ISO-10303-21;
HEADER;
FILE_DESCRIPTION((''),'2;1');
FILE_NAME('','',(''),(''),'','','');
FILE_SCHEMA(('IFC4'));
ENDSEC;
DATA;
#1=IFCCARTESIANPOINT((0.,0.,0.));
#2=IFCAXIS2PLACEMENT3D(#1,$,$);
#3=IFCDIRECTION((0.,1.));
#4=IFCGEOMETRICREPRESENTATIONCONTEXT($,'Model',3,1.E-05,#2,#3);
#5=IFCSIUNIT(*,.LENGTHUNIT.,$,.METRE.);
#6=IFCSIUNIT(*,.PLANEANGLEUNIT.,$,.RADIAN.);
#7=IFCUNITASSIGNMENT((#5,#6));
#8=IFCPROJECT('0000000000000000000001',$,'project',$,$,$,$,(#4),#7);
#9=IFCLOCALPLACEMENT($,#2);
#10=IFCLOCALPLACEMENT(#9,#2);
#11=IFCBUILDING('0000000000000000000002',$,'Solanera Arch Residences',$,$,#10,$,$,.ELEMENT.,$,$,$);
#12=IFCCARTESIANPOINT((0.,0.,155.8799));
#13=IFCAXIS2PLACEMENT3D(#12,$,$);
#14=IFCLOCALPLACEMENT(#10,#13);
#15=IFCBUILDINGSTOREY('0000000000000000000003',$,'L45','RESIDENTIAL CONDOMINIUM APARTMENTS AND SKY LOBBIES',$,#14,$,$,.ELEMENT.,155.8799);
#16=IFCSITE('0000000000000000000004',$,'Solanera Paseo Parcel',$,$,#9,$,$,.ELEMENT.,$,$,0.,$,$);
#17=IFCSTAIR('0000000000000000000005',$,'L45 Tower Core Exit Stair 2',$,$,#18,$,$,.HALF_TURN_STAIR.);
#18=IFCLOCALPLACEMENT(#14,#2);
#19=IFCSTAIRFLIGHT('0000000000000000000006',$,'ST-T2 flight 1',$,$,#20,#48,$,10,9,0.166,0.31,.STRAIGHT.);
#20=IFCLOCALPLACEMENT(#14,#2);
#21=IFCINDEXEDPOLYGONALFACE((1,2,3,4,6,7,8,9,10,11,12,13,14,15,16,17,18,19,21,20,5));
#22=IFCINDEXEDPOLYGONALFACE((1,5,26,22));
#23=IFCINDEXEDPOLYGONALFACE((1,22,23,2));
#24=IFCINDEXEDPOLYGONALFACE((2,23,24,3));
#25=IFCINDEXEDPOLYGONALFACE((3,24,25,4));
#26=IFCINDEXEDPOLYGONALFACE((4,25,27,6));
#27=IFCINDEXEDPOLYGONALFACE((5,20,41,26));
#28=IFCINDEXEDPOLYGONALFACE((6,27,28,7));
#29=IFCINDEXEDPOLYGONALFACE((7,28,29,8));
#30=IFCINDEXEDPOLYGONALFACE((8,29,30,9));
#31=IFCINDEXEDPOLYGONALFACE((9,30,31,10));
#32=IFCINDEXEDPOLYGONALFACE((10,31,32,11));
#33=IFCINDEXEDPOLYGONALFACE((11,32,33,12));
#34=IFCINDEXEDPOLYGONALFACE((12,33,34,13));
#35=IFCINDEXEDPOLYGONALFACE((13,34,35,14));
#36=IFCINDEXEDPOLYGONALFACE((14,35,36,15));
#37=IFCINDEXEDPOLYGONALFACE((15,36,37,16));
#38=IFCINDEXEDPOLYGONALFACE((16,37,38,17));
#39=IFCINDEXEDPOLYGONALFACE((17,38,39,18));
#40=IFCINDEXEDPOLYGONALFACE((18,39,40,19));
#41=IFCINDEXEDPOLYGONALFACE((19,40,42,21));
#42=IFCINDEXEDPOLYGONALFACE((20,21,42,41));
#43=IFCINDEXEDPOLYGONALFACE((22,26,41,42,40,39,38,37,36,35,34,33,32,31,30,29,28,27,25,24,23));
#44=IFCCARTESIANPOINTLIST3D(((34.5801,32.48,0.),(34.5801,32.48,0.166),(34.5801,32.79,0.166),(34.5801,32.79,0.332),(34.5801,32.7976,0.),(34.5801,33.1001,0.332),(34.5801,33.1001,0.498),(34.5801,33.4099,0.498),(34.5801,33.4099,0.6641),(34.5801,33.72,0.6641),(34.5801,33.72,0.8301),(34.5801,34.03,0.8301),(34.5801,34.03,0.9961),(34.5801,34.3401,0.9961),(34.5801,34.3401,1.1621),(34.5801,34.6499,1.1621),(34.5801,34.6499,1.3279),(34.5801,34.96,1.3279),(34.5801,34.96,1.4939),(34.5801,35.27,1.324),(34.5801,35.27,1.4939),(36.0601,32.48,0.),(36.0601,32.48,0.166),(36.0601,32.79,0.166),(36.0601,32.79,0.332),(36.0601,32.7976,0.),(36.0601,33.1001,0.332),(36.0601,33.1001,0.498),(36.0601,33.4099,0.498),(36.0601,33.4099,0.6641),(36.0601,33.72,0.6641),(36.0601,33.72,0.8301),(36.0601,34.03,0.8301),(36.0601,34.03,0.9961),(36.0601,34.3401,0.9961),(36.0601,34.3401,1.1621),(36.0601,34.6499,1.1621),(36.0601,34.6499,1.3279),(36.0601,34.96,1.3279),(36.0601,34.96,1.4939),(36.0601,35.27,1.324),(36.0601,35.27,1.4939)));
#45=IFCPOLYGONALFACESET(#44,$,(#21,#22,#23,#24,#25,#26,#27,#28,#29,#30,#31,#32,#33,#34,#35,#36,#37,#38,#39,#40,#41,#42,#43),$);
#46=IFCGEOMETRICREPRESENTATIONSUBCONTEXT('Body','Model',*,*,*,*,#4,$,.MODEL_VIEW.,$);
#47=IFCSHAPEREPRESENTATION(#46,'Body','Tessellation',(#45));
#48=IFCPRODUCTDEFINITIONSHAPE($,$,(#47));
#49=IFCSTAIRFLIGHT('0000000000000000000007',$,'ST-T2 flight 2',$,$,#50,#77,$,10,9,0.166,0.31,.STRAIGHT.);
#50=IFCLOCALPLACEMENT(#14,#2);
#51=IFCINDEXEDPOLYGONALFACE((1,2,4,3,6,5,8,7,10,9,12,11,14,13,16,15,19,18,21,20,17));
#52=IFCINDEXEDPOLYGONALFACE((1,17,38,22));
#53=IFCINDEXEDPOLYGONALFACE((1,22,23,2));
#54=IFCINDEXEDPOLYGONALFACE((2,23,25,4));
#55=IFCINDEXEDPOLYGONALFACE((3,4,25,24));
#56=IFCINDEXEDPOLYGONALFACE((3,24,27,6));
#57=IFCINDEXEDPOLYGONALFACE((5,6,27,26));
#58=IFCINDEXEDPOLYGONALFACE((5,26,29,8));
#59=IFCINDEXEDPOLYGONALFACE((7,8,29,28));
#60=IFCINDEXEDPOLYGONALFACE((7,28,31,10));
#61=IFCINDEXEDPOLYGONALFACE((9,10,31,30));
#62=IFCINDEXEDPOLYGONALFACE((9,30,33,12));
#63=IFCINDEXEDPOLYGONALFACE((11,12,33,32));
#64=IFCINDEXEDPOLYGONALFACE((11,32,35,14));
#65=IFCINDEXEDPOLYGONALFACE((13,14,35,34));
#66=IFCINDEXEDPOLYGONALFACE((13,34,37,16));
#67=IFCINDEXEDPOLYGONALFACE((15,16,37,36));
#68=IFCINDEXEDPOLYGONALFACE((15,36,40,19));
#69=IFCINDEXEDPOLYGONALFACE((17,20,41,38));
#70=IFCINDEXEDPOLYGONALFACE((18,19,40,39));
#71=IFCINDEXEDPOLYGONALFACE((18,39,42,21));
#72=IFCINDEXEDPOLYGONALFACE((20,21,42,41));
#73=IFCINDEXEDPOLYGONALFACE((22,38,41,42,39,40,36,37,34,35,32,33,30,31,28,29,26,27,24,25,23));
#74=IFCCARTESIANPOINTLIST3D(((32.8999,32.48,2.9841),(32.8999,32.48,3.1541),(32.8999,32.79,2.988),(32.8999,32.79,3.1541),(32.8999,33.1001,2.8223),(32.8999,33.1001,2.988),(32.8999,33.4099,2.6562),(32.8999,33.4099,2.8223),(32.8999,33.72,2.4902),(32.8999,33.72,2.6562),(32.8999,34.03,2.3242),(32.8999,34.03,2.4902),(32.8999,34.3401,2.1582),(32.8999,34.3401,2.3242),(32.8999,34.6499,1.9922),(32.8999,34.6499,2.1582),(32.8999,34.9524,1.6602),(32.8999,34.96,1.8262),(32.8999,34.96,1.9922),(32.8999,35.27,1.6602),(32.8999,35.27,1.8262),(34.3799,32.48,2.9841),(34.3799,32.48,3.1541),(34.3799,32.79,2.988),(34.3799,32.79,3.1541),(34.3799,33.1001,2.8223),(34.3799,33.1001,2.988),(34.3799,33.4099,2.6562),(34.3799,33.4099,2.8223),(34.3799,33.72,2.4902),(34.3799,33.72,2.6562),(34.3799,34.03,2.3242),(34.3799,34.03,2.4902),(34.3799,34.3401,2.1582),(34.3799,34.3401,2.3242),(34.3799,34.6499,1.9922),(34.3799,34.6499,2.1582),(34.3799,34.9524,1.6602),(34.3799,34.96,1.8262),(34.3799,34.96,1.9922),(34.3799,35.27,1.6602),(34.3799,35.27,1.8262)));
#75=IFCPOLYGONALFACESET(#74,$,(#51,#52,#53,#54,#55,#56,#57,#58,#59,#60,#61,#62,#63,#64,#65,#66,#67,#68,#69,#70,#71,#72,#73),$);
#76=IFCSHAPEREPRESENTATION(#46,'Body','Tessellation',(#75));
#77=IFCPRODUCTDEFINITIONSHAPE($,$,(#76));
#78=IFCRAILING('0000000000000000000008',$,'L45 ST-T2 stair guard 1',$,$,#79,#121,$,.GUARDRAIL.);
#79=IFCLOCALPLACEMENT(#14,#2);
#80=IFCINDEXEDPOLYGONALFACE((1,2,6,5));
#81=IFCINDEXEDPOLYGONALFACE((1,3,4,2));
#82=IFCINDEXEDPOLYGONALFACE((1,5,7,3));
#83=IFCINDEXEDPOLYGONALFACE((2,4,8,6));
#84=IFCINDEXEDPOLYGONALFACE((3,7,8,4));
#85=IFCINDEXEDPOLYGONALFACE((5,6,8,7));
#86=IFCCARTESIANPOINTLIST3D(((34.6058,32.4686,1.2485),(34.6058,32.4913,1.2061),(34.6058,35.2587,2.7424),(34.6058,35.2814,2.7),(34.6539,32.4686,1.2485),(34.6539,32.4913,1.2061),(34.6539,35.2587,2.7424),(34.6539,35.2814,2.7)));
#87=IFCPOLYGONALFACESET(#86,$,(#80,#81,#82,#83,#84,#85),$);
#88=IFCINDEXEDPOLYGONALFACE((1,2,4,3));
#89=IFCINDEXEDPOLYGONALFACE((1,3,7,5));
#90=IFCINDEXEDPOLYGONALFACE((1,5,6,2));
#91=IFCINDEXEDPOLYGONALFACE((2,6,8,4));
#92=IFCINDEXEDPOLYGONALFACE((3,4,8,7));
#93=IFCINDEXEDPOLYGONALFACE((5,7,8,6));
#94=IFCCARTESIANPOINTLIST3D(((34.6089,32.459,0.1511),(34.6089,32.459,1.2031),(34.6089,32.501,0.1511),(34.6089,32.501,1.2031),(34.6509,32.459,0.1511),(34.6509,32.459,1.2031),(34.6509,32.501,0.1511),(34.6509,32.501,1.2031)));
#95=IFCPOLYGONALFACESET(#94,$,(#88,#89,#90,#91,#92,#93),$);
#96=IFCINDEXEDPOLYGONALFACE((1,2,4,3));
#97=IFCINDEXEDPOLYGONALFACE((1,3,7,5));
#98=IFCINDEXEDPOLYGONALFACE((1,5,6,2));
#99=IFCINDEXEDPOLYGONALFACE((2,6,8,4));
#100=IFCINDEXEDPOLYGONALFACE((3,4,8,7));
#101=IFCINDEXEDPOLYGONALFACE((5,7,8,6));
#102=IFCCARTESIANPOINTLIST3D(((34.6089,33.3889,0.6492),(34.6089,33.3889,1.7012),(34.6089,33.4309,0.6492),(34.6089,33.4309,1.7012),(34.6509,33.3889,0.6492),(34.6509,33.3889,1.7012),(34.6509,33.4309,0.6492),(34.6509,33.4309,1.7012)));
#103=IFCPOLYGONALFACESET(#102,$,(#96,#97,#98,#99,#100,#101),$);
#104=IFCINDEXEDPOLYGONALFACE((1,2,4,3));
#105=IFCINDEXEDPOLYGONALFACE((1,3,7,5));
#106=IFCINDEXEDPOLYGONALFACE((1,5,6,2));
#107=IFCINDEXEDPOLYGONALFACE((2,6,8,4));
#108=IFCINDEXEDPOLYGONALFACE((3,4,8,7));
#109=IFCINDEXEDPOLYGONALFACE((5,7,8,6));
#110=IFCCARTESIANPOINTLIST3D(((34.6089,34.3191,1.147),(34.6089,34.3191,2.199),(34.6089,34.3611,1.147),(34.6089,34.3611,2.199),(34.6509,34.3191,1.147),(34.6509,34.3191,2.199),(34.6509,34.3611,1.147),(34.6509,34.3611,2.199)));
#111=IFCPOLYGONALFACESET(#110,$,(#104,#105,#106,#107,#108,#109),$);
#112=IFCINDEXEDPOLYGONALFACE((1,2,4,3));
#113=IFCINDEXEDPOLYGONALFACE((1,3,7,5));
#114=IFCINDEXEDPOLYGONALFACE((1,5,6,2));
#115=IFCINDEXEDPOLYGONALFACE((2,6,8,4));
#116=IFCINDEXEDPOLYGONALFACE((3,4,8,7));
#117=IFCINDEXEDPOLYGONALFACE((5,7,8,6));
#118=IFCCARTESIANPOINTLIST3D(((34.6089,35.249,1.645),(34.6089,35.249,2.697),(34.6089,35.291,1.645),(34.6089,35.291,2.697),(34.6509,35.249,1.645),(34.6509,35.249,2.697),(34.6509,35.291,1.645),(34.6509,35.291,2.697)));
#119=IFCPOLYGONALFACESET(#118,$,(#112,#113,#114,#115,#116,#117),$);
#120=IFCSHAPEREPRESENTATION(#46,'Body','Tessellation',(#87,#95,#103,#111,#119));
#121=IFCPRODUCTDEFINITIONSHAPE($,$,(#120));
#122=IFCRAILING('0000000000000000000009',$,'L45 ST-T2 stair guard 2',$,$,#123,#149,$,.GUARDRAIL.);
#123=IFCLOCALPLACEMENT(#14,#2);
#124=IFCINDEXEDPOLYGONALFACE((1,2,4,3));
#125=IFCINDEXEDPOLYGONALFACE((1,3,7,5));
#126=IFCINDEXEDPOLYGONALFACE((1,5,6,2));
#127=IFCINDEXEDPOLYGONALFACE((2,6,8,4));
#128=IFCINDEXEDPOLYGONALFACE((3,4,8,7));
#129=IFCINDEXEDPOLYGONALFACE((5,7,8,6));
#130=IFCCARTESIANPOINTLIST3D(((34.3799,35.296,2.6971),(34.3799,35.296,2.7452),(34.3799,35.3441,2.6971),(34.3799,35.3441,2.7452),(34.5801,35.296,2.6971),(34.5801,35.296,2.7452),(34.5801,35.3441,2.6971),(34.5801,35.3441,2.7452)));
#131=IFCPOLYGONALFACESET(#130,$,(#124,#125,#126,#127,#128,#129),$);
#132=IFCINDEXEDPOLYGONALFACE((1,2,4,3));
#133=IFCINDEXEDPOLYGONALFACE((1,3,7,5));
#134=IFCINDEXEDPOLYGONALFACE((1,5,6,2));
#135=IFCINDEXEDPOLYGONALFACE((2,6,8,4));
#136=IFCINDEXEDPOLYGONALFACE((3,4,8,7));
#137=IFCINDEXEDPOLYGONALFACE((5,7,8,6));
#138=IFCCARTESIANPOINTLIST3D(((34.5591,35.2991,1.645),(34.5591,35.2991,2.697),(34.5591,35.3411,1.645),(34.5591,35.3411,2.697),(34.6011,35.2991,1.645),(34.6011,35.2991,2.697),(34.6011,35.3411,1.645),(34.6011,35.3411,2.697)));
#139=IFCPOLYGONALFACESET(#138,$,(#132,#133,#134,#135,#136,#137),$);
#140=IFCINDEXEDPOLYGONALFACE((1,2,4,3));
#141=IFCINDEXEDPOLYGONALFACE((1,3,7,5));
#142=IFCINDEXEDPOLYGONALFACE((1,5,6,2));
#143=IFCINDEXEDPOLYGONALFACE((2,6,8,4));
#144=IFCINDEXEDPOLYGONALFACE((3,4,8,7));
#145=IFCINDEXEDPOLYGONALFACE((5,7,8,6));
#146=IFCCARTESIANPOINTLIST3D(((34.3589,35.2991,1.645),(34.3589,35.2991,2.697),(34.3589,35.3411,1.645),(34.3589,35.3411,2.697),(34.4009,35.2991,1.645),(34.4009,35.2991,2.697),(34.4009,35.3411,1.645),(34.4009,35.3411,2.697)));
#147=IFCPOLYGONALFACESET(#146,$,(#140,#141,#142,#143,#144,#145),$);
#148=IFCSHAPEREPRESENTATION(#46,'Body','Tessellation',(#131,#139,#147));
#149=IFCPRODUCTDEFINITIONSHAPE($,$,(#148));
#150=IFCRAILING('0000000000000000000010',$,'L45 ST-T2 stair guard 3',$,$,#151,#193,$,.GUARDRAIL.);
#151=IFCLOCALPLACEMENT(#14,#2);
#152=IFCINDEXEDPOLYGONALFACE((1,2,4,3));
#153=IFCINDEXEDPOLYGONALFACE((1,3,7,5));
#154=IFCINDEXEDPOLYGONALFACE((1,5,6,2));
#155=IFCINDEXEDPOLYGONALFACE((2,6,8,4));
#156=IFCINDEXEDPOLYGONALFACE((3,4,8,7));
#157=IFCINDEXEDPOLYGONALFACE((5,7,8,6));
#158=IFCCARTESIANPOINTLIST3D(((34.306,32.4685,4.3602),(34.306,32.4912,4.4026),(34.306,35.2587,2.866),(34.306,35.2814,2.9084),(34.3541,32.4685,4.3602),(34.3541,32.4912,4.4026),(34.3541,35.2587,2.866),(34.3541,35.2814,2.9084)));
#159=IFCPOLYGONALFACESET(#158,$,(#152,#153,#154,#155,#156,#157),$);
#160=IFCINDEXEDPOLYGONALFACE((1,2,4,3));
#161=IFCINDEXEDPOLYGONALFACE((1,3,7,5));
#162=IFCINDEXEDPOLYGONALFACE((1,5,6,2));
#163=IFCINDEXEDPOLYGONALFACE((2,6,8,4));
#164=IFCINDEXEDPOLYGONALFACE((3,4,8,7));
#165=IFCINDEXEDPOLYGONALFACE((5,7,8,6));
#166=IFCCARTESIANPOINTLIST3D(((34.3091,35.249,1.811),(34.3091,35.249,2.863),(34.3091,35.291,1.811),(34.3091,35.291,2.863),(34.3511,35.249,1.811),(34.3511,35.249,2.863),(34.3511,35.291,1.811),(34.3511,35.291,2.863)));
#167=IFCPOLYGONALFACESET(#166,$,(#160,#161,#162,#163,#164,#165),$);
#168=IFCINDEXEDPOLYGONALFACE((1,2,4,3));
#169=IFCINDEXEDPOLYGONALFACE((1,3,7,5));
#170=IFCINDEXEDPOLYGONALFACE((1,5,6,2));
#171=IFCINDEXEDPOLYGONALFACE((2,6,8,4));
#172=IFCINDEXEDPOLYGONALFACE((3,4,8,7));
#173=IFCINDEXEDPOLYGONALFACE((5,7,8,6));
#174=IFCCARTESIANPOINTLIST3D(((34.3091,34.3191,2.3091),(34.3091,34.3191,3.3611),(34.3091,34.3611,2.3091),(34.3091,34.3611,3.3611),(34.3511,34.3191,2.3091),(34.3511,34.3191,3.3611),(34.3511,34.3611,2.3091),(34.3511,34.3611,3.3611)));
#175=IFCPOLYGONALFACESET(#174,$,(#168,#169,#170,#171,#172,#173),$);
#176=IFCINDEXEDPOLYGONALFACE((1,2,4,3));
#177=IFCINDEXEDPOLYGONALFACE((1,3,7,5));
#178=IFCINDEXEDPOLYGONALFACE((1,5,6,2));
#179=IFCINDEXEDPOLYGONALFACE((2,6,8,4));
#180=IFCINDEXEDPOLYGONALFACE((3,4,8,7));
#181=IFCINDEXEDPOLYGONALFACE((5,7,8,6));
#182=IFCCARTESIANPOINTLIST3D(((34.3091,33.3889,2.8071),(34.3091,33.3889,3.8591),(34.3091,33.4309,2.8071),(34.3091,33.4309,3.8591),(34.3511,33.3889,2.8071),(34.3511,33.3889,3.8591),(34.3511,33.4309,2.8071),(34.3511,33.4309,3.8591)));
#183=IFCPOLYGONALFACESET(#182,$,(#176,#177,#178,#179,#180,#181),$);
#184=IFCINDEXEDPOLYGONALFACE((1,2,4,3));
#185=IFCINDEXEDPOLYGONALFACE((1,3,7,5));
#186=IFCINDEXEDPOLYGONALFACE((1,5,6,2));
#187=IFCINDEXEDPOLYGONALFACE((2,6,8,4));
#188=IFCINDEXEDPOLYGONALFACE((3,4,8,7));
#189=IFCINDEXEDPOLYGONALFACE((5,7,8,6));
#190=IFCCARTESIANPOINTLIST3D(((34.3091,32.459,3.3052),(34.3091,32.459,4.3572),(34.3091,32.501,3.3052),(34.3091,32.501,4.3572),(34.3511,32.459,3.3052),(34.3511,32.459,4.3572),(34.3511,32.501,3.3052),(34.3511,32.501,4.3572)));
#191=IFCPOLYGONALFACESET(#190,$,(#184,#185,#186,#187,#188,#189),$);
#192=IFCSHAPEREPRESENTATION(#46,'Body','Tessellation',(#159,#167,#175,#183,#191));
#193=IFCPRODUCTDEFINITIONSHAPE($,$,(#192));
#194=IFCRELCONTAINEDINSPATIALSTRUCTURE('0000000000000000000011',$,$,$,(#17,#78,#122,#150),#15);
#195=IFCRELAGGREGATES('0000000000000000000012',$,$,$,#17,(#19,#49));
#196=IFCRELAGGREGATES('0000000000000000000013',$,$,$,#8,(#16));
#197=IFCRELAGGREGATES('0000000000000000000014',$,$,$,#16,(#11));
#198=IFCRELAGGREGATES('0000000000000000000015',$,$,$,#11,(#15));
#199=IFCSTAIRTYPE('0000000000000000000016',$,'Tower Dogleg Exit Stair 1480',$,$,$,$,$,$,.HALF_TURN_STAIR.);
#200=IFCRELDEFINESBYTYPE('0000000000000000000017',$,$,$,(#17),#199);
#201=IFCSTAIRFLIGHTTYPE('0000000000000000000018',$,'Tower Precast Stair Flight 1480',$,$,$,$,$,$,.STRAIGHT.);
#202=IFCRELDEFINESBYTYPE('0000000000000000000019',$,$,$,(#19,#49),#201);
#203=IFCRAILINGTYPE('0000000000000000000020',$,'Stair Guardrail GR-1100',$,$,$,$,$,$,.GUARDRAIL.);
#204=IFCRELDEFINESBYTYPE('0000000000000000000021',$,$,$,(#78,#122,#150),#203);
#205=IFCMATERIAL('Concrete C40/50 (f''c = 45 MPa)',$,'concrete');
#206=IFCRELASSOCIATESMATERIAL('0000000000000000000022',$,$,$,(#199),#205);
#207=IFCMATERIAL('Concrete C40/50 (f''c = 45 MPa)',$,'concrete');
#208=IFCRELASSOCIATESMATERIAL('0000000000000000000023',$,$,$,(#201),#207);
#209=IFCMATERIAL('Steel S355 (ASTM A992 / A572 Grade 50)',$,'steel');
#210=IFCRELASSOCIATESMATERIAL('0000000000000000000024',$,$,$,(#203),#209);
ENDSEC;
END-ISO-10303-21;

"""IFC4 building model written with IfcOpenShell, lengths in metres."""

from ifc_helpers import new_model, si_unit, direction, frame, origin, origin_2d, place, context, subcontext, project, spatial, polyline, rectangle, outline, extrude, material, type_object, element, aggregate, save


model = new_model("IFC4")

# Units and contexts
model_context = context("Model", 3, precision=1e-05, world=origin(), true_north=direction((0.0, 1.0)))
body_context = subcontext(model_context, "Body", "Model", "MODEL_VIEW")
ifc_project = project(units=[si_unit("LENGTHUNIT", "METRE"), si_unit("PLANEANGLEUNIT", "RADIAN")], contexts=[model_context])

# Site, building, storey
site_placement = place(None, origin())
site = spatial("IfcSite", under=ifc_project, at=site_placement, Name="Solanera Paseo Parcel", CompositionType="ELEMENT", RefElevation=0.0)
building_placement = place(site_placement, origin())
building = spatial("IfcBuilding", under=site, at=building_placement, Name="Solanera Arch Residences", CompositionType="ELEMENT")
storey_placement = place(building_placement, frame((0.0, 0.0, 155.8799)))
storey = spatial("IfcBuildingStorey", under=building, at=storey_placement, Name="L45", Description="RESIDENTIAL CONDOMINIUM APARTMENTS AND SKY LOBBIES", CompositionType="ELEMENT", Elevation=155.8799)

# Stair, stair flights
ifc_material_1 = material(Name="Concrete C40/50 (f'c = 45 MPa)", Category="concrete")
stair_type = type_object("IfcStairType", Name="Tower Dogleg Exit Stair 1480", PredefinedType="HALF_TURN_STAIR", material=ifc_material_1)
stair_placement = place(storey_placement, origin())
stair = element("IfcStair", 1, at=stair_placement, inside=storey, type_object=stair_type, Name="L45 Tower Core Exit Stair 2", PredefinedType="HALF_TURN_STAIR")
ifc_material_2 = material(Name="Concrete C40/50 (f'c = 45 MPa)", Category="concrete")
stair_flight_type = type_object("IfcStairFlightType", Name="Tower Precast Stair Flight 1480", PredefinedType="STRAIGHT", material=ifc_material_2)
stair_flight_1_placement = place(storey_placement, frame((35.3201, 32.48, 0.0), z_axis=(0.0, 0.0, 1.0), x_axis=(0.0, 1.0, 0.0)))
stair_flight_1 = element("IfcStairFlight", 2, at=stair_flight_1_placement, type_object=stair_flight_type, Name="ST-T2 flight 1", NumberOfRisers=10, NumberOfTreads=9, PredefinedType="STRAIGHT", RiserHeight=0.166, TreadLength=0.31, context=body_context, shape_type="SweptSolid", body=[
    extrude(outline(polyline([(0.0, 0.0), (0.0, 0.166), (0.3101, 0.166), (0.3101, 0.332), (0.6201, 0.332), (0.6201, 0.498), (0.9299, 0.498), (0.9299, 0.6641), (1.24, 0.6641), (1.24, 0.8301), (1.55, 0.8301), (1.55, 0.9961), (1.8601, 0.9961), (1.8601, 1.1621), (2.1699, 1.1621), (2.1699, 1.3279), (2.48, 1.3279), (2.48, 1.4939), (2.79, 1.4939), (2.79, 1.6599), (2.79, 1.324), (0.3176, 0.0), (0.0, 0.0)])), frame((0.0, 0.74, 0.0), z_axis=(0.0, -1.0, 0.0), x_axis=(1.0, 0.0, 0.0)), (0.0, 0.0, 1.0), 1.48),
])
stair_flight_2_placement = place(storey_placement, frame((33.6399, 35.27, 1.6602), z_axis=(0.0, 0.0, 1.0), x_axis=(0.0, -1.0, 0.0)))
stair_flight_2 = element("IfcStairFlight", 3, at=stair_flight_2_placement, type_object=stair_flight_type, Name="ST-T2 flight 2", NumberOfRisers=10, NumberOfTreads=9, PredefinedType="STRAIGHT", RiserHeight=0.166, TreadLength=0.31, context=body_context, shape_type="SweptSolid", body=[
    extrude(outline(polyline([(0.0, 0.0), (0.0, 0.166), (0.3101, 0.166), (0.3101, 0.332), (0.6201, 0.332), (0.6201, 0.498), (0.9299, 0.498), (0.9299, 0.6641), (1.24, 0.6641), (1.24, 0.8301), (1.55, 0.8301), (1.55, 0.9961), (1.8601, 0.9961), (1.8601, 1.1621), (2.1699, 1.1621), (2.1699, 1.3279), (2.48, 1.3279), (2.48, 1.4939), (2.79, 1.4939), (2.79, 1.6599), (2.79, 1.324), (0.3176, 0.0), (0.0, 0.0)])), frame((0.0, 0.74, 0.0), z_axis=(0.0, -1.0, 0.0), x_axis=(1.0, 0.0, 0.0)), (0.0, 0.0, 1.0), 1.48),
])
aggregate(stair, [stair_flight_1, stair_flight_2])

# Railings
ifc_material_3 = material(Name="Steel S355 (ASTM A992 / A572 Grade 50)", Category="steel")
railing_type_1 = type_object("IfcRailingType", Name="Stair Guardrail GR-1100", PredefinedType="GUARDRAIL", material=ifc_material_3)
railing_1_placement = place(storey_placement, frame((34.6299, 32.48, 0.1511)))
element("IfcRailing", 4, at=railing_1_placement, inside=storey, type_object=railing_type_1, Name="L45 ST-T2 stair guard 1", PredefinedType="GUARDRAIL", context=body_context, shape_type="SweptSolid", body=[
    extrude(rectangle(XDim=0.0481, YDim=0.0481, at=origin_2d()), frame((0.0, 0.0, 1.0762), z_axis=(0.0, 0.881581, 0.472033), x_axis=(-1.0, 0.0, 0.0)), (0.0, 0.0, 1.0), 3.1648),
    extrude(rectangle(XDim=0.042, YDim=0.042, at=origin_2d()), origin(), (0.0, 0.0, 1.0), 1.052),
    extrude(rectangle(XDim=0.042, YDim=0.042, at=origin_2d()), frame((0.0, 0.9299, 0.498)), (0.0, 0.0, 1.0), 1.052),
    extrude(rectangle(XDim=0.042, YDim=0.042, at=origin_2d()), frame((0.0, 1.8601, 0.9958)), (0.0, 0.0, 1.0), 1.052),
    extrude(rectangle(XDim=0.042, YDim=0.042, at=origin_2d()), frame((0.0, 2.79, 1.4939)), (0.0, 0.0, 1.0), 1.052),
])
railing_2_placement = place(storey_placement, frame((34.5801, 35.3201, 1.645)))
element("IfcRailing", 5, at=railing_2_placement, inside=storey, type_object=railing_type_1, Name="L45 ST-T2 stair guard 2", PredefinedType="GUARDRAIL", context=body_context, shape_type="SweptSolid", body=[
    extrude(rectangle(XDim=0.0481, YDim=0.0481, at=origin_2d()), frame((0.0, 0.0, 1.0762), z_axis=(-1.0, 0.0, 0.0), x_axis=(0.0, -1.0, 0.0)), (0.0, 0.0, 1.0), 0.2002),
    extrude(rectangle(XDim=0.042, YDim=0.042, at=origin_2d()), origin(), (0.0, 0.0, 1.0), 1.052),
    extrude(rectangle(XDim=0.042, YDim=0.042, at=origin_2d()), frame((-0.2002, 0.0, 0.0)), (0.0, 0.0, 1.0), 1.052),
])
railing_3_placement = place(storey_placement, frame((34.3301, 35.27, 1.811)))
element("IfcRailing", 6, at=railing_3_placement, inside=storey, type_object=railing_type_1, Name="L45 ST-T2 stair guard 3", PredefinedType="GUARDRAIL", context=body_context, shape_type="SweptSolid", body=[
    extrude(rectangle(XDim=0.0481, YDim=0.0481, at=origin_2d()), frame((0.0, 0.0, 1.0762), z_axis=(0.0, -0.881549, 0.472093), x_axis=(1.0, 0.0, 0.0)), (0.0, 0.0, 1.0), 3.165),
    extrude(rectangle(XDim=0.042, YDim=0.042, at=origin_2d()), origin(), (0.0, 0.0, 1.0), 1.052),
    extrude(rectangle(XDim=0.042, YDim=0.042, at=origin_2d()), frame((0.0, -0.9299, 0.498)), (0.0, 0.0, 1.0), 1.052),
    extrude(rectangle(XDim=0.042, YDim=0.042, at=origin_2d()), frame((0.0, -1.8601, 0.9961)), (0.0, 0.0, 1.0), 1.052),
    extrude(rectangle(XDim=0.042, YDim=0.042, at=origin_2d()), frame((0.0, -2.79, 1.4941)), (0.0, 0.0, 1.0), 1.052),
])

save(model, "model.ifc")
